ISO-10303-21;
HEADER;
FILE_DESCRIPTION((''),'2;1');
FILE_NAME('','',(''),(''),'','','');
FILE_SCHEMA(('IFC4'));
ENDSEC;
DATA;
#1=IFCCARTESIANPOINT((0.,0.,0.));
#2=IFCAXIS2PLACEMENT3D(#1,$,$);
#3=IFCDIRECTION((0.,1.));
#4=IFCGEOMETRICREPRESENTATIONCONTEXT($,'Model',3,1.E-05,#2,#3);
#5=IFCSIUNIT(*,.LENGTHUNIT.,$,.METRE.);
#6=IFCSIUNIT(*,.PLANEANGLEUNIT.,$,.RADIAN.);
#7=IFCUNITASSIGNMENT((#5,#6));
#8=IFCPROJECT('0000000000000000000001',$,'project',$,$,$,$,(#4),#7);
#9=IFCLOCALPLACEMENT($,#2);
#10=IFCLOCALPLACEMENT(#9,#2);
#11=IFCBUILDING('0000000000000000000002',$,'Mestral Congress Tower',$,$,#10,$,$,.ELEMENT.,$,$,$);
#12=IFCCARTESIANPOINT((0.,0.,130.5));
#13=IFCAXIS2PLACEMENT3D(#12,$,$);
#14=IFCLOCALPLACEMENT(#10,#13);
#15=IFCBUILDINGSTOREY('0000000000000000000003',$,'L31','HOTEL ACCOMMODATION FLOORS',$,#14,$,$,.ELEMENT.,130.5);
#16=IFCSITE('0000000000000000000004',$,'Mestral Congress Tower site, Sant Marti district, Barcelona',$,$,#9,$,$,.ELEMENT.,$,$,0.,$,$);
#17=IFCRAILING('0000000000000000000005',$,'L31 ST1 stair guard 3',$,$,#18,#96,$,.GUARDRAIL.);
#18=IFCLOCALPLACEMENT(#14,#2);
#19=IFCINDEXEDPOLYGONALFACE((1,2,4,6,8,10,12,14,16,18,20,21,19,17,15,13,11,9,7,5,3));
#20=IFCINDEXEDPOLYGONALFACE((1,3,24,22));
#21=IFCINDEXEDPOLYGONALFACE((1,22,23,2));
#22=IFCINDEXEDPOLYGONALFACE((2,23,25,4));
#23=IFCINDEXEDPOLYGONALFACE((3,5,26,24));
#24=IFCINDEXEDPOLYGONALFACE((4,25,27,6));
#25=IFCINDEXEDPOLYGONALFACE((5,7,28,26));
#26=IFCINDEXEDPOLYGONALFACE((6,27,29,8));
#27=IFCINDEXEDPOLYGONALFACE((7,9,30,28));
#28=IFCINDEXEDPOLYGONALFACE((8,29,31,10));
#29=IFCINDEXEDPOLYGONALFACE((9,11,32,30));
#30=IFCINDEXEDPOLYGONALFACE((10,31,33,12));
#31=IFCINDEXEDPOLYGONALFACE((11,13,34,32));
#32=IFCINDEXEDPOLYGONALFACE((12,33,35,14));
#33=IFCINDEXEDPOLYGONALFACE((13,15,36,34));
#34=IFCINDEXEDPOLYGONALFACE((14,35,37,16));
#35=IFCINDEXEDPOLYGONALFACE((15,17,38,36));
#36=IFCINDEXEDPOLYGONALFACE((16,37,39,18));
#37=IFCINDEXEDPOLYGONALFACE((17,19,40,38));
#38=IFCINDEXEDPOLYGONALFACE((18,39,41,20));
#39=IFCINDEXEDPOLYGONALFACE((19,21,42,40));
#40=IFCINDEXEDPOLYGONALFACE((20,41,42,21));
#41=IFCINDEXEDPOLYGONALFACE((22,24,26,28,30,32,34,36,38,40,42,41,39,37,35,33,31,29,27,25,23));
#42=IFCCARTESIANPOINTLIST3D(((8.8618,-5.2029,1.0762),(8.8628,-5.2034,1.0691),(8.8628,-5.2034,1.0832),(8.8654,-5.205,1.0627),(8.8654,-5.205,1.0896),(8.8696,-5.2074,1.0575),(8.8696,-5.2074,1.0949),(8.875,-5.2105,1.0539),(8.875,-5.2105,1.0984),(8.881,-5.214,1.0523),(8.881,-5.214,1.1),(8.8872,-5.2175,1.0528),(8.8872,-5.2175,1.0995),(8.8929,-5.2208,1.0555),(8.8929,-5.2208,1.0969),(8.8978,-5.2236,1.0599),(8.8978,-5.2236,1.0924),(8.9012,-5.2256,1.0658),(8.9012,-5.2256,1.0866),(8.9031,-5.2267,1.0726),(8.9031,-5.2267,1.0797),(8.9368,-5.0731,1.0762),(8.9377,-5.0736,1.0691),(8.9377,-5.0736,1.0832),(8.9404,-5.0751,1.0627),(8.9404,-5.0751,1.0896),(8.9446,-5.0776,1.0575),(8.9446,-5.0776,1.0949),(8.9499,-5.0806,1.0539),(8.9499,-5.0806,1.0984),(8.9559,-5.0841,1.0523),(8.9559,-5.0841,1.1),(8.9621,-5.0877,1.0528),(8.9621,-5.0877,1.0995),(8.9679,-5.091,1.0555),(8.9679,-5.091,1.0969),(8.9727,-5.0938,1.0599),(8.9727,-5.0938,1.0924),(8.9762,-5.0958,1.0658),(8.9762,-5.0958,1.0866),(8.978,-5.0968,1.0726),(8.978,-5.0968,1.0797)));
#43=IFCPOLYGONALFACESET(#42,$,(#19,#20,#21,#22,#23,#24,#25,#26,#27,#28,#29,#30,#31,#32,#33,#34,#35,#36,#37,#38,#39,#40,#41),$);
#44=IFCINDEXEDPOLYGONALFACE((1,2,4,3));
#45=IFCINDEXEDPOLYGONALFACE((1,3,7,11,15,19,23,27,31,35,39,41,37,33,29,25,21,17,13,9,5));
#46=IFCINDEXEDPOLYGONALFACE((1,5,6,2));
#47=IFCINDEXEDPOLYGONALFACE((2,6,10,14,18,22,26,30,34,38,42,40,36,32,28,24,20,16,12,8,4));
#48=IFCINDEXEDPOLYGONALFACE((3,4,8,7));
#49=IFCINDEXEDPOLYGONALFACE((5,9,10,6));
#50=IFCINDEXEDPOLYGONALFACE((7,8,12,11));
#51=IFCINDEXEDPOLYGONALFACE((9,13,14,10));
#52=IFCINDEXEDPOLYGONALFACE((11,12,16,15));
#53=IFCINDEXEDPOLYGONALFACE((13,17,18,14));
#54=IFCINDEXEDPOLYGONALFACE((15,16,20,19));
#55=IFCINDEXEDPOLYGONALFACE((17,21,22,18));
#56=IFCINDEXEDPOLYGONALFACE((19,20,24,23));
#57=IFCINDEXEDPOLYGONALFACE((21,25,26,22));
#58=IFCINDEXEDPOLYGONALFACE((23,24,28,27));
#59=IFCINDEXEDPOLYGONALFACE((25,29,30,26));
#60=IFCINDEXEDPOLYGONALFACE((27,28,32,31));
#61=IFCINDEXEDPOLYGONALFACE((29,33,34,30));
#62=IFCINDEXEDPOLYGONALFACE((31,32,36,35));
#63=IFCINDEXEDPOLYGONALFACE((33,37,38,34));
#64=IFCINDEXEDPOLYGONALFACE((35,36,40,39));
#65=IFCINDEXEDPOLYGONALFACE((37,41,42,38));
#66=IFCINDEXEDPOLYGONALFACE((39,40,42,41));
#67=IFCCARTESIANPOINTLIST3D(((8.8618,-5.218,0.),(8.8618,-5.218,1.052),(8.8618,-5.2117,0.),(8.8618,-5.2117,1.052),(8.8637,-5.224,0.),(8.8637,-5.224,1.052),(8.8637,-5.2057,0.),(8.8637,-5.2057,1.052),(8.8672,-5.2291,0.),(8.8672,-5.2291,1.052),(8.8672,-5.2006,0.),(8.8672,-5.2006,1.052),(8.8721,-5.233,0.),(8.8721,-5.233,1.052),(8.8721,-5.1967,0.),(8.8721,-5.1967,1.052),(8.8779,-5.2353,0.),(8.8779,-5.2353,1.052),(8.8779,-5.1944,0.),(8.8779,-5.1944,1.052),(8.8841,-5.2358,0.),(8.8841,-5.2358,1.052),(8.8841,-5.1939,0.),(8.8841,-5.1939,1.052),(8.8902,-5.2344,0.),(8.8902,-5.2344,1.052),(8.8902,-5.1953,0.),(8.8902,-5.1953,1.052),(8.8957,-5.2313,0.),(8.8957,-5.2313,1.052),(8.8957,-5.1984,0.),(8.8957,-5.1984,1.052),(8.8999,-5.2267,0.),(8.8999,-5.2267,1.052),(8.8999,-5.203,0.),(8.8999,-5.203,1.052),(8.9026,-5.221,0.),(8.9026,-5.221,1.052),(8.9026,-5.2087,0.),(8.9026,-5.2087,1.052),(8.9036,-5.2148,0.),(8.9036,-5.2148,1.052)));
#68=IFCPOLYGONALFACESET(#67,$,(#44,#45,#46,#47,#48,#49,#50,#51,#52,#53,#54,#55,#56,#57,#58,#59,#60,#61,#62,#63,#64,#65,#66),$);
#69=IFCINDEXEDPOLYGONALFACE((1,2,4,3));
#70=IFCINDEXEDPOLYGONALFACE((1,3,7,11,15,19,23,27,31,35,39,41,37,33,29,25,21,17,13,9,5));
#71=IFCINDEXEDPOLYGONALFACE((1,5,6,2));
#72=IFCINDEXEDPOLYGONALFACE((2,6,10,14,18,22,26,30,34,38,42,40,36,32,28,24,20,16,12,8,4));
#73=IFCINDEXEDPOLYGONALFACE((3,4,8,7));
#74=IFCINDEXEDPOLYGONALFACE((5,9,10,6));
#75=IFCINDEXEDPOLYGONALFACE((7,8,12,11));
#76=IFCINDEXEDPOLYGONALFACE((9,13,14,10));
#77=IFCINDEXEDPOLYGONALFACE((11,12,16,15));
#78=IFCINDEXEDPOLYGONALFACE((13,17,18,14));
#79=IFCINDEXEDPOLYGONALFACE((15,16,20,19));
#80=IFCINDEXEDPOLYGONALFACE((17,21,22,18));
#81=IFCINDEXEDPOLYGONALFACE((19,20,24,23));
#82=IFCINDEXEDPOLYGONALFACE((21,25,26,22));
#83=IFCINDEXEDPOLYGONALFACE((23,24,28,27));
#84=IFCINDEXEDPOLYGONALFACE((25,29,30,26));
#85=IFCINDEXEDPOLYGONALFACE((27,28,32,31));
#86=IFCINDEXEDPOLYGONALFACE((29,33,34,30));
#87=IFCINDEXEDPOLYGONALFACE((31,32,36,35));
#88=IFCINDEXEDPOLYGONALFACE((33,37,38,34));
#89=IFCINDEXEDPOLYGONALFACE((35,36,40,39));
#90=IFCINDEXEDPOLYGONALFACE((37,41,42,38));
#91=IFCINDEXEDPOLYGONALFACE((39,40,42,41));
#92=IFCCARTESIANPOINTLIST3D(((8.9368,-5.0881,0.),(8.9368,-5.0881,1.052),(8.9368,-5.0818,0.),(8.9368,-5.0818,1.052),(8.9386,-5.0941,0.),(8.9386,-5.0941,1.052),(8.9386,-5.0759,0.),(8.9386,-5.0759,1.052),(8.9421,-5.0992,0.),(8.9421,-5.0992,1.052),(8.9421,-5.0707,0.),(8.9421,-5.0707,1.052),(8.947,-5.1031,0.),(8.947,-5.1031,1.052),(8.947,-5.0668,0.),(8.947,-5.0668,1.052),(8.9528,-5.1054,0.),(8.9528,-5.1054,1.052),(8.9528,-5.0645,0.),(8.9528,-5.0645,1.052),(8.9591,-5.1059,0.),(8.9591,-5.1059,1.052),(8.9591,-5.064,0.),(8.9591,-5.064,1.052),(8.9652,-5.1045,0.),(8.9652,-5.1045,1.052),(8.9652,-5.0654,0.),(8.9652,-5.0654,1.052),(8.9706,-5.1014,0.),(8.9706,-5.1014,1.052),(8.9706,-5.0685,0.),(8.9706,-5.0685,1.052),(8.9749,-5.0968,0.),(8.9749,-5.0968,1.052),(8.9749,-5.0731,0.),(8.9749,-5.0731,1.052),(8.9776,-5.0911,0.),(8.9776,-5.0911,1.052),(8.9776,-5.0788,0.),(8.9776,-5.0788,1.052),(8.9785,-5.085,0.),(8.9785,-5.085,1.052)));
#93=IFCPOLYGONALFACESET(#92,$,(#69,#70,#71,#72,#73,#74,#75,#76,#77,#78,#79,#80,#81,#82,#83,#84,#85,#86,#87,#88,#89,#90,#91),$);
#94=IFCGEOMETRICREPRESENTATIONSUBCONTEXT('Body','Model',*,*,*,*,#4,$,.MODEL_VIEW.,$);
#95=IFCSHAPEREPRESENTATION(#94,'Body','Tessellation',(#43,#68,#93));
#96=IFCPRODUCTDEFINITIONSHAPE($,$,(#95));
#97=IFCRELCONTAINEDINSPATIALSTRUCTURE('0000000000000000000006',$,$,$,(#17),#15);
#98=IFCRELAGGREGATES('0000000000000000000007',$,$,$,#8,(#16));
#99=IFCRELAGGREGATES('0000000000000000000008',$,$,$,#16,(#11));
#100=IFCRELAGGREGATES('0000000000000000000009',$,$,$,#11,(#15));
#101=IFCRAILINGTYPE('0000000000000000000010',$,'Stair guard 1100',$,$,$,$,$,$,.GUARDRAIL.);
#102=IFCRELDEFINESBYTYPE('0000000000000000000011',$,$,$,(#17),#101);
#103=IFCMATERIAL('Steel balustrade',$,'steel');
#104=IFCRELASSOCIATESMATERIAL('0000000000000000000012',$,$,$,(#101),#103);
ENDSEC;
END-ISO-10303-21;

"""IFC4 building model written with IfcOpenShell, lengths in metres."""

from ifc_helpers import new_model, si_unit, direction, frame, origin, origin_2d, place, context, subcontext, project, spatial, circle, extrude, material, type_object, element, save


model = new_model("IFC4")

# Units and contexts
model_context = context("Model", 3, precision=1e-05, world=origin(), true_north=direction((0.0, 1.0)))
body_context = subcontext(model_context, "Body", "Model", "MODEL_VIEW")
ifc_project = project(units=[si_unit("LENGTHUNIT", "METRE"), si_unit("PLANEANGLEUNIT", "RADIAN")], contexts=[model_context])

# Site, building, storey
site_placement = place(None, origin())
site = spatial("IfcSite", under=ifc_project, at=site_placement, Name="Mestral Congress Tower site, Sant Marti district, Barcelona", CompositionType="ELEMENT", RefElevation=0.0)
building_placement = place(site_placement, origin())
building = spatial("IfcBuilding", under=site, at=building_placement, Name="Mestral Congress Tower", CompositionType="ELEMENT")
storey_placement = place(building_placement, frame((0.0, 0.0, 130.5)))
storey = spatial("IfcBuildingStorey", under=building, at=storey_placement, Name="L31", Description="HOTEL ACCOMMODATION FLOORS", CompositionType="ELEMENT", Elevation=130.5)

# Railing
ifc_material_1 = material(Name="Steel balustrade", Category="steel")
railing_type_1 = type_object("IfcRailingType", Name="Stair guard 1100", PredefinedType="GUARDRAIL", material=ifc_material_1)
railing_1_placement = place(storey_placement, frame((8.8826, -5.2148, 0.0)))
element("IfcRailing", 1, at=railing_1_placement, inside=storey, type_object=railing_type_1, Name="L31 ST1 stair guard 3", PredefinedType="GUARDRAIL", context=body_context, shape_type="SweptSolid", body=[
    extrude(circle(Radius=0.0239, at=origin_2d()), frame((0.0, 0.0, 1.0762), z_axis=(0.499816, 0.866131, 0.0), x_axis=(-0.866131, 0.499816, 0.0)), (0.0, 0.0, 1.0), 0.1499),
    extrude(circle(Radius=0.021, at=origin_2d()), origin(), (0.0, 0.0, 1.0), 1.052),
    extrude(circle(Radius=0.021, at=origin_2d()), frame((0.075, 0.1299, 0.0)), (0.0, 0.0, 1.0), 1.052),
])

save(model, "model.ifc")
